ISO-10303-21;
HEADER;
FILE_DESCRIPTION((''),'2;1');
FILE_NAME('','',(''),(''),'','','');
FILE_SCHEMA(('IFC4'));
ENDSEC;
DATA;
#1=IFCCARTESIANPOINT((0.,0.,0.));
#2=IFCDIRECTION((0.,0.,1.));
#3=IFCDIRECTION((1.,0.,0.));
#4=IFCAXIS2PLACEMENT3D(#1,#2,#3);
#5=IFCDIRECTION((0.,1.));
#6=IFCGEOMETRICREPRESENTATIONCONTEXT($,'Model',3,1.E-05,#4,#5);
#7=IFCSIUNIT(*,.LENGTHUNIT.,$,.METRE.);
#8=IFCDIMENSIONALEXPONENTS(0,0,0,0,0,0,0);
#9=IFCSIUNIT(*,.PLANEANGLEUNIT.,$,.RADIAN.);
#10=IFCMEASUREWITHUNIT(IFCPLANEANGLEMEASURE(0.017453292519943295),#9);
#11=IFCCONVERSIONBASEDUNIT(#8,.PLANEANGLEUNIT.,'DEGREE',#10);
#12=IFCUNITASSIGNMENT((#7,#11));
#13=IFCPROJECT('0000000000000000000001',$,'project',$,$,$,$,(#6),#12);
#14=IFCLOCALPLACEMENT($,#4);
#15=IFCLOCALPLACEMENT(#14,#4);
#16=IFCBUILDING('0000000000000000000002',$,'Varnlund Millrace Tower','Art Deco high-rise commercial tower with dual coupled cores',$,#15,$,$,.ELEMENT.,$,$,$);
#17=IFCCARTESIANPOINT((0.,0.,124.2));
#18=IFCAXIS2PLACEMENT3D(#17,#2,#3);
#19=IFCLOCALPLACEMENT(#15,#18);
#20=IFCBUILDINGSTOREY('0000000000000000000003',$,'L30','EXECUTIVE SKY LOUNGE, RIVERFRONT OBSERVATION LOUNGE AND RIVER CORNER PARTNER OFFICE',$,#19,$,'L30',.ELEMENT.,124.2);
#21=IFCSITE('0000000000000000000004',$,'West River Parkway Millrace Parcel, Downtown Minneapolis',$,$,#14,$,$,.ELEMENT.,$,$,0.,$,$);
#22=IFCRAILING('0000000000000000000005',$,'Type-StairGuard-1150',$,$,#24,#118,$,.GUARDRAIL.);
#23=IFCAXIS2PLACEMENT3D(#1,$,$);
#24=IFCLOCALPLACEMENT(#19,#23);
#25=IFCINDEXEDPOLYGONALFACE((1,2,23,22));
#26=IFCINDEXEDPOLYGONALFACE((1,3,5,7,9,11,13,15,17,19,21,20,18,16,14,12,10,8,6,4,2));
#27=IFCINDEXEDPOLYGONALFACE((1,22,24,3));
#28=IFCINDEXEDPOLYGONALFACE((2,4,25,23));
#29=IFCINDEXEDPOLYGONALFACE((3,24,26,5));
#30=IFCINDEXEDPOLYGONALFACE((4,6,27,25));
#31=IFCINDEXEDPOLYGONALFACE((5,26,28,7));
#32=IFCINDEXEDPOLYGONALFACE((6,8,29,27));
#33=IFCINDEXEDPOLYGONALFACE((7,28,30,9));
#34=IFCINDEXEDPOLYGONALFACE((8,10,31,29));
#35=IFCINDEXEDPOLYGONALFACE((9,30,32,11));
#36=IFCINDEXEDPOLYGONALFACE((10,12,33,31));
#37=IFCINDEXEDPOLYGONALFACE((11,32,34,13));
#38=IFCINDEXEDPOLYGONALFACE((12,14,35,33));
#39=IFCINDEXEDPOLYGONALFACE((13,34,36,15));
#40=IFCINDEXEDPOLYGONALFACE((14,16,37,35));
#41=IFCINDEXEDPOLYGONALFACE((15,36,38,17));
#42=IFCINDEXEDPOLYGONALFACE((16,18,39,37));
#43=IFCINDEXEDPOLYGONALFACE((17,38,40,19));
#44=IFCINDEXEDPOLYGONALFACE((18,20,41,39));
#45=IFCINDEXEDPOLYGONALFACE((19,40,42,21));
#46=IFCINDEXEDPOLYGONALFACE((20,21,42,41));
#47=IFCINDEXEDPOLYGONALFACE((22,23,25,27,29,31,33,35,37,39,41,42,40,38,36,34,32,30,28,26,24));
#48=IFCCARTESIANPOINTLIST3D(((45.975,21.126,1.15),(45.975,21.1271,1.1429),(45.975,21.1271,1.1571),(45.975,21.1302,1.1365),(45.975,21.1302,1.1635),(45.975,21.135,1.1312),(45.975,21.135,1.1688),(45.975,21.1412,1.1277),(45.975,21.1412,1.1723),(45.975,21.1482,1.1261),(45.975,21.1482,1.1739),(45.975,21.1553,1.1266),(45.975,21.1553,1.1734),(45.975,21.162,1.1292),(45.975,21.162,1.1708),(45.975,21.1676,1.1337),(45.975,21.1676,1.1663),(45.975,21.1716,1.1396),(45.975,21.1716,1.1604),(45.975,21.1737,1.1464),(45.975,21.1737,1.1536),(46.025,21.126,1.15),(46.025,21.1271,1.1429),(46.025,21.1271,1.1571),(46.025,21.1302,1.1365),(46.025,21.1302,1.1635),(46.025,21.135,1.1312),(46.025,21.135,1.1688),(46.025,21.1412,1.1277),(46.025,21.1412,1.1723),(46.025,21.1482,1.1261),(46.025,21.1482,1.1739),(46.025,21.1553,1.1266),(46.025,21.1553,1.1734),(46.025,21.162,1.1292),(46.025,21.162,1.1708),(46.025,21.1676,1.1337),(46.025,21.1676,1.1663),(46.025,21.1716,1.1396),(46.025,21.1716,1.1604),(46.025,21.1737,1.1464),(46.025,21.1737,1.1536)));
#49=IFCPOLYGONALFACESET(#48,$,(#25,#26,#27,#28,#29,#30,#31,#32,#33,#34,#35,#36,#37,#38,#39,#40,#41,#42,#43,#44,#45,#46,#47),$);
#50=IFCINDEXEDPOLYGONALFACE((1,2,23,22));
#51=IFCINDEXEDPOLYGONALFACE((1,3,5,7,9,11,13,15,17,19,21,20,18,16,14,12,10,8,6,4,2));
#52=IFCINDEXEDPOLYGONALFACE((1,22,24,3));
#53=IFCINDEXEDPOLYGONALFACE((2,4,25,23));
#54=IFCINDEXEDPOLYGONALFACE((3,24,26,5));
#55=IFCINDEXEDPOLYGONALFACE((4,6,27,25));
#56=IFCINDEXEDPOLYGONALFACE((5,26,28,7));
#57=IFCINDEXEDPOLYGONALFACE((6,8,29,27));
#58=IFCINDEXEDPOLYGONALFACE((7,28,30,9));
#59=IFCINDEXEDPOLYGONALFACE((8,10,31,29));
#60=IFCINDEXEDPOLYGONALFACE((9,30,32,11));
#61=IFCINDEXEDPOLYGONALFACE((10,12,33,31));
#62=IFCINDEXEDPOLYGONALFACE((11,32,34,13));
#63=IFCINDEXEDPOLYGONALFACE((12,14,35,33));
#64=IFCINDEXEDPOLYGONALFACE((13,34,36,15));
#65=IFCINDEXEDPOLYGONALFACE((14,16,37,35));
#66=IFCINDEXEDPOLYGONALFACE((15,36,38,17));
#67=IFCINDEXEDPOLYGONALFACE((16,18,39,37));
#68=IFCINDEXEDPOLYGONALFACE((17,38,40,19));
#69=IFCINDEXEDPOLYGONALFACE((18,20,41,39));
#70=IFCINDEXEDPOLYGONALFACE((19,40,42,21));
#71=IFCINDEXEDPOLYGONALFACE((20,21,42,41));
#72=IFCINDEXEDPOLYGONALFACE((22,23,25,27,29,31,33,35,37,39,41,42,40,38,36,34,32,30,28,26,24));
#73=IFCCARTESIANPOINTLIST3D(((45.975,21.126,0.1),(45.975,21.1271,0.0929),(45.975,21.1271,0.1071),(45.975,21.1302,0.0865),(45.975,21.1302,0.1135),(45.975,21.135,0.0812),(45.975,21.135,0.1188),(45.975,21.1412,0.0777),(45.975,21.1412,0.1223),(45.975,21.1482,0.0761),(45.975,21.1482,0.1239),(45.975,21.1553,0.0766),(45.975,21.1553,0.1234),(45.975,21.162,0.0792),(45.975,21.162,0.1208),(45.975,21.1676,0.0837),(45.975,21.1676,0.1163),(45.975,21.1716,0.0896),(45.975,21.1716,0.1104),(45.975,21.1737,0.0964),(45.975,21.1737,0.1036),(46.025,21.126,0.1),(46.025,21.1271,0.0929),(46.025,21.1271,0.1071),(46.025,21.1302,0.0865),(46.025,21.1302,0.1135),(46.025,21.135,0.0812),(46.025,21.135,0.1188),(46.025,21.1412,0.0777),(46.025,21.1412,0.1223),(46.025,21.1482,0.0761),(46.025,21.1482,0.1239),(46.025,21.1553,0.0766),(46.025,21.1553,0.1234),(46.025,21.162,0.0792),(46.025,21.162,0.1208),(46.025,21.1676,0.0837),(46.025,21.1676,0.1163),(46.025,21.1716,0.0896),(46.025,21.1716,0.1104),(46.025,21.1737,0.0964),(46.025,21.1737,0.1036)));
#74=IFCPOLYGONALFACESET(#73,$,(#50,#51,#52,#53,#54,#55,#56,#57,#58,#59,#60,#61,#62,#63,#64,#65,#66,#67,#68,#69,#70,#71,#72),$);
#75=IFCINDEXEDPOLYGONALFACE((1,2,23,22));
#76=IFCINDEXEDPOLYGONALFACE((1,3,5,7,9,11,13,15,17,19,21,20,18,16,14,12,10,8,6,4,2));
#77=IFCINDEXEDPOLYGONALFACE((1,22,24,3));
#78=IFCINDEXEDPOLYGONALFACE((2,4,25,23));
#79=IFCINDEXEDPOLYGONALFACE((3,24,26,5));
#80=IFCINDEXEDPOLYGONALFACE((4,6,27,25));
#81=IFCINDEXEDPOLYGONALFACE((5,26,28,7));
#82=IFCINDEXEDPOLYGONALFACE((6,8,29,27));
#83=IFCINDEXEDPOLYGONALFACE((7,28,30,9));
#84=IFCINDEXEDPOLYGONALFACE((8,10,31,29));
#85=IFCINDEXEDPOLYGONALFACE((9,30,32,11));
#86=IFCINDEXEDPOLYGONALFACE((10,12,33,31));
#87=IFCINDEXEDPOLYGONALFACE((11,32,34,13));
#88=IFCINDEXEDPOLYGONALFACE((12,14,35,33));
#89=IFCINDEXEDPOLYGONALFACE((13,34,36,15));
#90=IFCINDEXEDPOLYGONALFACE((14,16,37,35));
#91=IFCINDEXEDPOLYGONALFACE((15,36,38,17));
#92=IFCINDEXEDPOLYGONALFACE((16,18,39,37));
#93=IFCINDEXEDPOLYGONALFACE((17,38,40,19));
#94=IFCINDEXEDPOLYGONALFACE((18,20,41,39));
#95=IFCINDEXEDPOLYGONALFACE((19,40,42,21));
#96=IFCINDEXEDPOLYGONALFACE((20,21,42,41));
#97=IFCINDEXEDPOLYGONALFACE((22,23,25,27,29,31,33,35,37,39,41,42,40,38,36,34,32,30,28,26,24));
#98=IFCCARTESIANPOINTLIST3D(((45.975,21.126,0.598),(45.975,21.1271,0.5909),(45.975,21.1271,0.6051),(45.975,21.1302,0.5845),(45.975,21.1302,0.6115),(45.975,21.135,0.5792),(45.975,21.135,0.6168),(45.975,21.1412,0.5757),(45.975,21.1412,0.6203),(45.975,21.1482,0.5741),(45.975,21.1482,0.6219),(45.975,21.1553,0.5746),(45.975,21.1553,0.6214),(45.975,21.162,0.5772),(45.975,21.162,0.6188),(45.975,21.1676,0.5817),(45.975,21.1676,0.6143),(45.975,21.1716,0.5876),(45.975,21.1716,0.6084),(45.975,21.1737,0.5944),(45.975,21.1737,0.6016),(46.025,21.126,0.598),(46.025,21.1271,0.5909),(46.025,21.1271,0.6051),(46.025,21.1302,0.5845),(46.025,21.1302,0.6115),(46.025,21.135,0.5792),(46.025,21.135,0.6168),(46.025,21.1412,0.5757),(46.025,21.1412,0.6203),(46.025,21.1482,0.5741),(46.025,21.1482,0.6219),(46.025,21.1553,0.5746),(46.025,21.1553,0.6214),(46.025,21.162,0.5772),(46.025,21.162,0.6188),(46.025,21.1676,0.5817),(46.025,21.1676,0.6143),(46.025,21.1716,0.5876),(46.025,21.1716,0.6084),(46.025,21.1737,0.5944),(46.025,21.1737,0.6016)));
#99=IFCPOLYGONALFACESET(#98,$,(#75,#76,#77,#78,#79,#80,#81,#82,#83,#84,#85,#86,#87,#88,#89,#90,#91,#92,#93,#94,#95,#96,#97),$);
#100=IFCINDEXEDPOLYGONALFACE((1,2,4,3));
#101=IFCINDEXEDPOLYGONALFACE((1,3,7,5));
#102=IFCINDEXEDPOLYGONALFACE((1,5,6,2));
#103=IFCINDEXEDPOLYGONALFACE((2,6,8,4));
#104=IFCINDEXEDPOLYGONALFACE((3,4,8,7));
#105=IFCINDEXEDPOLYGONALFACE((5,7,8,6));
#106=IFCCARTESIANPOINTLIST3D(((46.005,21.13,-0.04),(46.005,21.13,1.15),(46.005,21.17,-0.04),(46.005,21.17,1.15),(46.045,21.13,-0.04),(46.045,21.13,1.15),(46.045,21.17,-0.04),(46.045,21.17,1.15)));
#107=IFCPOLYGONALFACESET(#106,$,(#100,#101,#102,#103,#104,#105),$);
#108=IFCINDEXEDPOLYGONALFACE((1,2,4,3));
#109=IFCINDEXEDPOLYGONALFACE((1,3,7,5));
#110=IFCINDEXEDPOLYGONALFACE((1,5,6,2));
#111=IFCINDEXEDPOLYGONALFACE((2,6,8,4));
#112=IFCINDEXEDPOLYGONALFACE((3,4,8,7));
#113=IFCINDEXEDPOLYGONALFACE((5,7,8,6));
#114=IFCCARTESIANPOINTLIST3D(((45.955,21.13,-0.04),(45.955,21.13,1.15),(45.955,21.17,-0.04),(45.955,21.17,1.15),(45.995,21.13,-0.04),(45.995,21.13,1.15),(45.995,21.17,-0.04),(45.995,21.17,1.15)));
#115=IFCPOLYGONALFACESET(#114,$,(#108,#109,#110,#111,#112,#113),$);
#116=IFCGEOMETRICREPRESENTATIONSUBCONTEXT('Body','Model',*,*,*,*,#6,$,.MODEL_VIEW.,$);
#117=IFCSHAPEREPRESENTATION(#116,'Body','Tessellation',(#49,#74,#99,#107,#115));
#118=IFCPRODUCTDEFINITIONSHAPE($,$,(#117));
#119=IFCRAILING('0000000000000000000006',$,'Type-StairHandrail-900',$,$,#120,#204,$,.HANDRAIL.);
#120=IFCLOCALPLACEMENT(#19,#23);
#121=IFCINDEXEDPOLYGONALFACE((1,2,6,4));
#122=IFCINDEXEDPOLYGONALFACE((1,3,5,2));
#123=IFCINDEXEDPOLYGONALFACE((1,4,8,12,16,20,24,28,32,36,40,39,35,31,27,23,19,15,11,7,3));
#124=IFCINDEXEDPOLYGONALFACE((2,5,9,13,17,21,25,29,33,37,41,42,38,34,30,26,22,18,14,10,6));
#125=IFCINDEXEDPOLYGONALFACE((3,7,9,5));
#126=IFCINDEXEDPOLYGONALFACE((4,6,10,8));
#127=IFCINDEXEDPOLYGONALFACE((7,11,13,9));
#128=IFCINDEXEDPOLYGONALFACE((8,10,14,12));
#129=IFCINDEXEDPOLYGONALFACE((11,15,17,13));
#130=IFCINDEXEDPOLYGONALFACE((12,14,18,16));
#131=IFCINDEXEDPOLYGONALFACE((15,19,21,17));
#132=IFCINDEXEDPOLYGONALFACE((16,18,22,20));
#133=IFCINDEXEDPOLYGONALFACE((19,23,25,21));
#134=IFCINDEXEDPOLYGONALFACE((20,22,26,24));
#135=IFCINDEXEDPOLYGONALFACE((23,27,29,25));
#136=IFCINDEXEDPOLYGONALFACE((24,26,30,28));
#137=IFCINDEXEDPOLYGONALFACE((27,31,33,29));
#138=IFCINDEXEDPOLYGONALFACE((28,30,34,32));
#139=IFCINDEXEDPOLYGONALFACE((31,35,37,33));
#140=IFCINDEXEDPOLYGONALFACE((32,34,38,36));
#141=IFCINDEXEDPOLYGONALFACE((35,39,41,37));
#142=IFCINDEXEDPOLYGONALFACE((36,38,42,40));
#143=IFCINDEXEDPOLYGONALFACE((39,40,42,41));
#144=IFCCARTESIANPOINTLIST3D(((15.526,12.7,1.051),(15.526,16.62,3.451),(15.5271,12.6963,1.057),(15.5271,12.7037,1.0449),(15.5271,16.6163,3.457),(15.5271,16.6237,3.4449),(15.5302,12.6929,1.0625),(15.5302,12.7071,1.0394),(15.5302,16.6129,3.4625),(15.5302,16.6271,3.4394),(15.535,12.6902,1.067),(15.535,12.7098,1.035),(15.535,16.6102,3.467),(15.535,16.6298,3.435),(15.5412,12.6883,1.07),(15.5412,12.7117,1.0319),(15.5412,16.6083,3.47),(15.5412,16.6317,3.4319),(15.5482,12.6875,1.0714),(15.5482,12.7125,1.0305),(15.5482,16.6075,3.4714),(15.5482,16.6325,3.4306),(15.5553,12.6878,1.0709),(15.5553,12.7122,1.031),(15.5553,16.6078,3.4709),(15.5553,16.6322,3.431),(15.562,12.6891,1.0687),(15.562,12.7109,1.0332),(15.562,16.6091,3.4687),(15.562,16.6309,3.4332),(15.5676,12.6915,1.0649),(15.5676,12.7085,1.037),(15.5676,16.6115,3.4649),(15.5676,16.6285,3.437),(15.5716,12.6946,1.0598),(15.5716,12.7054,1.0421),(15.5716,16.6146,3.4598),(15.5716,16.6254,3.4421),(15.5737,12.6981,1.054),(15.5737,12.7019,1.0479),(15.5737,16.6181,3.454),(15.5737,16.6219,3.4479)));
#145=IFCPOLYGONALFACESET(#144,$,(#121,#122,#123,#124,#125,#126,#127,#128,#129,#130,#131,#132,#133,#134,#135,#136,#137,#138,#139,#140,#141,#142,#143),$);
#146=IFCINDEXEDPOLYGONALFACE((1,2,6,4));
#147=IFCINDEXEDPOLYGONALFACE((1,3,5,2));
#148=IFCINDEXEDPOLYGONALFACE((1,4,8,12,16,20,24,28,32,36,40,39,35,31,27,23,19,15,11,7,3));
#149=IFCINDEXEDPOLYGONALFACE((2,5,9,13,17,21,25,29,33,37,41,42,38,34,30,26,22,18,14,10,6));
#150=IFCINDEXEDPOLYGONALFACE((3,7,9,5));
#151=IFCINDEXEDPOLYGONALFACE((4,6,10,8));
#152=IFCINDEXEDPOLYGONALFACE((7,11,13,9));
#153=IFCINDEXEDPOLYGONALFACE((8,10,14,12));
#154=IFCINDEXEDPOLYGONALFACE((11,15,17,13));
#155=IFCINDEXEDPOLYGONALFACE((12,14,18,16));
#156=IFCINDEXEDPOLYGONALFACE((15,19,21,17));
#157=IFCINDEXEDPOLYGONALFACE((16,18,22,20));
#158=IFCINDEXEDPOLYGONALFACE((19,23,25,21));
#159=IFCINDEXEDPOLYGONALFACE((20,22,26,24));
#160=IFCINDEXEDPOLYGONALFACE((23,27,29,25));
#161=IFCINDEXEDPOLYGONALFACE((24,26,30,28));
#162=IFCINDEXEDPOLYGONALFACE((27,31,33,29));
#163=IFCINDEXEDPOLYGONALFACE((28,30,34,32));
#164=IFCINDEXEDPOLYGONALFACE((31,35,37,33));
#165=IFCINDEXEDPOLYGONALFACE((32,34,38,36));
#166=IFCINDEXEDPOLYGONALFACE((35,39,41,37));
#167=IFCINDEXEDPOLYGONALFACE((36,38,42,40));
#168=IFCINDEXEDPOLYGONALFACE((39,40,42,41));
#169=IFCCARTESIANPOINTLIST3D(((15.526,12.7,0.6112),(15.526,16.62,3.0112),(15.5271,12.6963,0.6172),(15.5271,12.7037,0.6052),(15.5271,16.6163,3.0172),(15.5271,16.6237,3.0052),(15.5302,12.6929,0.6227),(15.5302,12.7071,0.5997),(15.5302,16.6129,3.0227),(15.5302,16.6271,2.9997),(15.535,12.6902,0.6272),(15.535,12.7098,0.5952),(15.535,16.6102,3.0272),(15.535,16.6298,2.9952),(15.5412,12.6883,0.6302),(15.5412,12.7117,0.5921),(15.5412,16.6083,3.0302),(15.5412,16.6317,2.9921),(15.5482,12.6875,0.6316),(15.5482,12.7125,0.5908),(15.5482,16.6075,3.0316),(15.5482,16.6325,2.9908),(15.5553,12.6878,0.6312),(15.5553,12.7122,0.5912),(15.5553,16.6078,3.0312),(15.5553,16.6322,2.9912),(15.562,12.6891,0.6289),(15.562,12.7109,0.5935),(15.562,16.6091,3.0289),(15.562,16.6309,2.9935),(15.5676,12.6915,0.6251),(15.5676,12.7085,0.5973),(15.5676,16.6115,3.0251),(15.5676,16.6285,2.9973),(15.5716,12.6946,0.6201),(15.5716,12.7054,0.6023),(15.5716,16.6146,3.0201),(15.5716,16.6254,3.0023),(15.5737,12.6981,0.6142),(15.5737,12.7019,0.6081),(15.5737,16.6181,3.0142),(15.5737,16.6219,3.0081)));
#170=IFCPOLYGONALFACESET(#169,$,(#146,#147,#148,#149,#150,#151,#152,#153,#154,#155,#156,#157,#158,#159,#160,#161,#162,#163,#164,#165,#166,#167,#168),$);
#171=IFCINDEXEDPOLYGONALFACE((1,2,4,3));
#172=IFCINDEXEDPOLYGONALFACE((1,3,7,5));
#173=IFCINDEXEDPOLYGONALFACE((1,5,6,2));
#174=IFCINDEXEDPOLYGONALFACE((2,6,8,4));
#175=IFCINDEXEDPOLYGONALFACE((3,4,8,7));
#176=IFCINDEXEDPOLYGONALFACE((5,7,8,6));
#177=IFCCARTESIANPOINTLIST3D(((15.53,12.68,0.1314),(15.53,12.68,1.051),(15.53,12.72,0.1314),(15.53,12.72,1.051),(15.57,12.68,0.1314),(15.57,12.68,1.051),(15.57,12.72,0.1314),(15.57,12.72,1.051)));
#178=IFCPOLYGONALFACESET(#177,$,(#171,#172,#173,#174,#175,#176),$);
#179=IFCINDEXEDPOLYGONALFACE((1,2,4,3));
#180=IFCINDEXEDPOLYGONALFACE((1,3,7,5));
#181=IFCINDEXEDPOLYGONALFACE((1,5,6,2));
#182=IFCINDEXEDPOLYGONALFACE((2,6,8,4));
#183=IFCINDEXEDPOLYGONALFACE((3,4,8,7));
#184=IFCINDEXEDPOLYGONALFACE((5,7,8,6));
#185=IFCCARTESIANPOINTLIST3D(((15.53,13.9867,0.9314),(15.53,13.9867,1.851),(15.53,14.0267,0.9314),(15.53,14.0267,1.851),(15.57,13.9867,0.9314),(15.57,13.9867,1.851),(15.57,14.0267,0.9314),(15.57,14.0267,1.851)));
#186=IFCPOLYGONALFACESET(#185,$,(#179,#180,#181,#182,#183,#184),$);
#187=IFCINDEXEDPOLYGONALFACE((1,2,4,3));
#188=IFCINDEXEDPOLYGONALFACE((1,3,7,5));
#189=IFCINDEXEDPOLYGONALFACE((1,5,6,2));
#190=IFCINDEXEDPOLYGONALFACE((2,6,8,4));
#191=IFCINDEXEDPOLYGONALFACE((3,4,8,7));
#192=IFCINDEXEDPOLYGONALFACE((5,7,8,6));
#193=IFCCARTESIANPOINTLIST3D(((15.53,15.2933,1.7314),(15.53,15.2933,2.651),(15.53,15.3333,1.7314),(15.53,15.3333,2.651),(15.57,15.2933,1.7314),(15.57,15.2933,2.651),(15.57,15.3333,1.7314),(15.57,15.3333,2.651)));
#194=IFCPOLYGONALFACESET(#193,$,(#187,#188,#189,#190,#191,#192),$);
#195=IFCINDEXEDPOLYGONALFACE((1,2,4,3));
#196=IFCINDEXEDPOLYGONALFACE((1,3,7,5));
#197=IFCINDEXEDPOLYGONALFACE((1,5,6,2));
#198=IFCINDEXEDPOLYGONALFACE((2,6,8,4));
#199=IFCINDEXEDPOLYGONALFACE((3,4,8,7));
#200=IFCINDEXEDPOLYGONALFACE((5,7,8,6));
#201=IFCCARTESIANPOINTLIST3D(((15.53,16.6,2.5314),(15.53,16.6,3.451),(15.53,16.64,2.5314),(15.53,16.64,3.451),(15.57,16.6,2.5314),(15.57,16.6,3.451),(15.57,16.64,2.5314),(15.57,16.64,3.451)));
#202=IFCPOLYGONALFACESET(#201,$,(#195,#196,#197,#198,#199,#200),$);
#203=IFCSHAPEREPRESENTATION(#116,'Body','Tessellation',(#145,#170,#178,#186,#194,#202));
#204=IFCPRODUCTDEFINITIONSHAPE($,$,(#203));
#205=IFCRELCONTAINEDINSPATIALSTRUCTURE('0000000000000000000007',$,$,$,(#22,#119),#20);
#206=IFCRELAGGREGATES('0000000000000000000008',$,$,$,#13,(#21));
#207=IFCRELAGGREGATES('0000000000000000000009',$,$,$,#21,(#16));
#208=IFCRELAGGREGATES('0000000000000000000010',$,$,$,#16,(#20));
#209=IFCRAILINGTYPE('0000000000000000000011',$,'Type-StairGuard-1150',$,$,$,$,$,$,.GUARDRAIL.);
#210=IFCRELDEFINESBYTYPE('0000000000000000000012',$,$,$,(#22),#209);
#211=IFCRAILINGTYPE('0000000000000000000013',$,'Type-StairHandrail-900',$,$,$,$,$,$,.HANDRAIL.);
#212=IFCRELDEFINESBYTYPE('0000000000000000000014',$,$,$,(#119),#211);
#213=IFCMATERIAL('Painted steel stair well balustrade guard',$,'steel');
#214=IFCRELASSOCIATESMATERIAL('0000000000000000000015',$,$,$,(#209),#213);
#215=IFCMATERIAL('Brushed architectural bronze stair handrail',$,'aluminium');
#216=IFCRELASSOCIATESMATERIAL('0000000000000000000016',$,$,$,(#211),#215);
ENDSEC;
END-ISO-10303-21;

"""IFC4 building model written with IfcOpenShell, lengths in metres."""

from ifc_helpers import new_model, entity, si_unit, converted_unit, direction, frame, origin_with_axes, origin_2d_with_axis, place, context, subcontext, project, spatial, rectangle, circle, extrude, material, type_object, element, save


model = new_model("IFC4")

# Units and contexts
model_context = context("Model", 3, precision=1e-05, world=origin_with_axes(), true_north=direction((0.0, 1.0)))
body_context = subcontext(model_context, "Body", "Model", "MODEL_VIEW")
ifc_project = project(units=[si_unit("LENGTHUNIT", "METRE"), converted_unit("PLANEANGLEUNIT", "DEGREE", entity("IfcPlaneAngleMeasure", 0.017453292519943295), si_unit("PLANEANGLEUNIT", "RADIAN"), dimensions=[0, 0, 0, 0, 0, 0, 0])], contexts=[model_context])

# Site, building, storey
site_placement = place(None, origin_with_axes())
site = spatial("IfcSite", under=ifc_project, at=site_placement, Name="West River Parkway Millrace Parcel, Downtown Minneapolis", CompositionType="ELEMENT", RefElevation=0.0)
building_placement = place(site_placement, origin_with_axes())
building = spatial("IfcBuilding", under=site, at=building_placement, Name="Varnlund Millrace Tower", Description="Art Deco high-rise commercial tower with dual coupled cores", CompositionType="ELEMENT")
storey_placement = place(building_placement, frame((0.0, 0.0, 124.2), z_axis=(0.0, 0.0, 1.0), x_axis=(1.0, 0.0, 0.0)))
storey = spatial("IfcBuildingStorey", under=building, at=storey_placement, Name="L30", Description="EXECUTIVE SKY LOUNGE, RIVERFRONT OBSERVATION LOUNGE AND RIVER CORNER PARTNER OFFICE", LongName="L30", CompositionType="ELEMENT", Elevation=124.2)

# Railings
ifc_material_1 = material(Name="Painted steel stair well balustrade guard", Category="steel")
railing_type_1 = type_object("IfcRailingType", Name="Type-StairGuard-1150", PredefinedType="GUARDRAIL", material=ifc_material_1)
railing_1_placement = place(storey_placement, frame((0.0, 0.0, -124.2), z_axis=(0.0, 0.0, 1.0), x_axis=(1.0, 0.0, 0.0)))
element("IfcRailing", 1, at=railing_1_placement, inside=storey, type_object=railing_type_1, Name="Type-StairGuard-1150", PredefinedType="GUARDRAIL", context=body_context, shape_type="SweptSolid", body=[
    extrude(circle(Radius=0.024, at=origin_2d_with_axis()), frame((46.025, 21.15, 125.35), z_axis=(-1.0, 0.0, 0.0), x_axis=(0.0, -1.0, 0.0)), (0.0, 0.0, 1.0), 0.05),
    extrude(circle(Radius=0.024, at=origin_2d_with_axis()), frame((46.025, 21.15, 124.3), z_axis=(-1.0, 0.0, 0.0), x_axis=(0.0, -1.0, 0.0)), (0.0, 0.0, 1.0), 0.05),
    extrude(circle(Radius=0.024, at=origin_2d_with_axis()), frame((46.025, 21.15, 124.798), z_axis=(-1.0, 0.0, 0.0), x_axis=(0.0, -1.0, 0.0)), (0.0, 0.0, 1.0), 0.05),
    extrude(rectangle(XDim=0.04, YDim=0.04, at=origin_2d_with_axis()), frame((46.025, 21.15, 124.16), z_axis=(0.0, 0.0, 1.0), x_axis=(1.0, 0.0, 0.0)), (0.0, 0.0, 1.0), 1.19),
    extrude(rectangle(XDim=0.04, YDim=0.04, at=origin_2d_with_axis()), frame((45.975, 21.15, 124.16), z_axis=(0.0, 0.0, 1.0), x_axis=(1.0, 0.0, 0.0)), (0.0, 0.0, 1.0), 1.19),
])
ifc_material_2 = material(Name="Brushed architectural bronze stair handrail", Category="aluminium")
railing_type_2 = type_object("IfcRailingType", Name="Type-StairHandrail-900", PredefinedType="HANDRAIL", material=ifc_material_2)
railing_2_placement = place(storey_placement, frame((0.0, 0.0, -124.2), z_axis=(0.0, 0.0, 1.0), x_axis=(1.0, 0.0, 0.0)))
element("IfcRailing", 2, at=railing_2_placement, inside=storey, type_object=railing_type_2, Name="Type-StairHandrail-900", PredefinedType="HANDRAIL", context=body_context, shape_type="SweptSolid", body=[
    extrude(circle(Radius=0.024, at=origin_2d_with_axis()), frame((15.55, 12.7, 125.251), z_axis=(0.0, 0.852851, 0.522154), x_axis=(-1.0, 0.0, 0.0)), (0.0, 0.0, 1.0), 4.5963),
    extrude(circle(Radius=0.024, at=origin_2d_with_axis()), frame((15.55, 12.7, 124.8112), z_axis=(0.0, 0.852851, 0.522154), x_axis=(-1.0, 0.0, 0.0)), (0.0, 0.0, 1.0), 4.5963),
    extrude(rectangle(XDim=0.04, YDim=0.04, at=origin_2d_with_axis()), frame((15.55, 12.7, 124.3314), z_axis=(0.0, 0.0, 1.0), x_axis=(1.0, 0.0, 0.0)), (0.0, 0.0, 1.0), 0.9195),
    extrude(rectangle(XDim=0.04, YDim=0.04, at=origin_2d_with_axis()), frame((15.55, 14.0067, 125.1314), z_axis=(0.0, 0.0, 1.0), x_axis=(1.0, 0.0, 0.0)), (0.0, 0.0, 1.0), 0.9195),
    extrude(rectangle(XDim=0.04, YDim=0.04, at=origin_2d_with_axis()), frame((15.55, 15.3133, 125.9314), z_axis=(0.0, 0.0, 1.0), x_axis=(1.0, 0.0, 0.0)), (0.0, 0.0, 1.0), 0.9195),
    extrude(rectangle(XDim=0.04, YDim=0.04, at=origin_2d_with_axis()), frame((15.55, 16.62, 126.7314), z_axis=(0.0, 0.0, 1.0), x_axis=(1.0, 0.0, 0.0)), (0.0, 0.0, 1.0), 0.9195),
])

save(model, "model.ifc")
